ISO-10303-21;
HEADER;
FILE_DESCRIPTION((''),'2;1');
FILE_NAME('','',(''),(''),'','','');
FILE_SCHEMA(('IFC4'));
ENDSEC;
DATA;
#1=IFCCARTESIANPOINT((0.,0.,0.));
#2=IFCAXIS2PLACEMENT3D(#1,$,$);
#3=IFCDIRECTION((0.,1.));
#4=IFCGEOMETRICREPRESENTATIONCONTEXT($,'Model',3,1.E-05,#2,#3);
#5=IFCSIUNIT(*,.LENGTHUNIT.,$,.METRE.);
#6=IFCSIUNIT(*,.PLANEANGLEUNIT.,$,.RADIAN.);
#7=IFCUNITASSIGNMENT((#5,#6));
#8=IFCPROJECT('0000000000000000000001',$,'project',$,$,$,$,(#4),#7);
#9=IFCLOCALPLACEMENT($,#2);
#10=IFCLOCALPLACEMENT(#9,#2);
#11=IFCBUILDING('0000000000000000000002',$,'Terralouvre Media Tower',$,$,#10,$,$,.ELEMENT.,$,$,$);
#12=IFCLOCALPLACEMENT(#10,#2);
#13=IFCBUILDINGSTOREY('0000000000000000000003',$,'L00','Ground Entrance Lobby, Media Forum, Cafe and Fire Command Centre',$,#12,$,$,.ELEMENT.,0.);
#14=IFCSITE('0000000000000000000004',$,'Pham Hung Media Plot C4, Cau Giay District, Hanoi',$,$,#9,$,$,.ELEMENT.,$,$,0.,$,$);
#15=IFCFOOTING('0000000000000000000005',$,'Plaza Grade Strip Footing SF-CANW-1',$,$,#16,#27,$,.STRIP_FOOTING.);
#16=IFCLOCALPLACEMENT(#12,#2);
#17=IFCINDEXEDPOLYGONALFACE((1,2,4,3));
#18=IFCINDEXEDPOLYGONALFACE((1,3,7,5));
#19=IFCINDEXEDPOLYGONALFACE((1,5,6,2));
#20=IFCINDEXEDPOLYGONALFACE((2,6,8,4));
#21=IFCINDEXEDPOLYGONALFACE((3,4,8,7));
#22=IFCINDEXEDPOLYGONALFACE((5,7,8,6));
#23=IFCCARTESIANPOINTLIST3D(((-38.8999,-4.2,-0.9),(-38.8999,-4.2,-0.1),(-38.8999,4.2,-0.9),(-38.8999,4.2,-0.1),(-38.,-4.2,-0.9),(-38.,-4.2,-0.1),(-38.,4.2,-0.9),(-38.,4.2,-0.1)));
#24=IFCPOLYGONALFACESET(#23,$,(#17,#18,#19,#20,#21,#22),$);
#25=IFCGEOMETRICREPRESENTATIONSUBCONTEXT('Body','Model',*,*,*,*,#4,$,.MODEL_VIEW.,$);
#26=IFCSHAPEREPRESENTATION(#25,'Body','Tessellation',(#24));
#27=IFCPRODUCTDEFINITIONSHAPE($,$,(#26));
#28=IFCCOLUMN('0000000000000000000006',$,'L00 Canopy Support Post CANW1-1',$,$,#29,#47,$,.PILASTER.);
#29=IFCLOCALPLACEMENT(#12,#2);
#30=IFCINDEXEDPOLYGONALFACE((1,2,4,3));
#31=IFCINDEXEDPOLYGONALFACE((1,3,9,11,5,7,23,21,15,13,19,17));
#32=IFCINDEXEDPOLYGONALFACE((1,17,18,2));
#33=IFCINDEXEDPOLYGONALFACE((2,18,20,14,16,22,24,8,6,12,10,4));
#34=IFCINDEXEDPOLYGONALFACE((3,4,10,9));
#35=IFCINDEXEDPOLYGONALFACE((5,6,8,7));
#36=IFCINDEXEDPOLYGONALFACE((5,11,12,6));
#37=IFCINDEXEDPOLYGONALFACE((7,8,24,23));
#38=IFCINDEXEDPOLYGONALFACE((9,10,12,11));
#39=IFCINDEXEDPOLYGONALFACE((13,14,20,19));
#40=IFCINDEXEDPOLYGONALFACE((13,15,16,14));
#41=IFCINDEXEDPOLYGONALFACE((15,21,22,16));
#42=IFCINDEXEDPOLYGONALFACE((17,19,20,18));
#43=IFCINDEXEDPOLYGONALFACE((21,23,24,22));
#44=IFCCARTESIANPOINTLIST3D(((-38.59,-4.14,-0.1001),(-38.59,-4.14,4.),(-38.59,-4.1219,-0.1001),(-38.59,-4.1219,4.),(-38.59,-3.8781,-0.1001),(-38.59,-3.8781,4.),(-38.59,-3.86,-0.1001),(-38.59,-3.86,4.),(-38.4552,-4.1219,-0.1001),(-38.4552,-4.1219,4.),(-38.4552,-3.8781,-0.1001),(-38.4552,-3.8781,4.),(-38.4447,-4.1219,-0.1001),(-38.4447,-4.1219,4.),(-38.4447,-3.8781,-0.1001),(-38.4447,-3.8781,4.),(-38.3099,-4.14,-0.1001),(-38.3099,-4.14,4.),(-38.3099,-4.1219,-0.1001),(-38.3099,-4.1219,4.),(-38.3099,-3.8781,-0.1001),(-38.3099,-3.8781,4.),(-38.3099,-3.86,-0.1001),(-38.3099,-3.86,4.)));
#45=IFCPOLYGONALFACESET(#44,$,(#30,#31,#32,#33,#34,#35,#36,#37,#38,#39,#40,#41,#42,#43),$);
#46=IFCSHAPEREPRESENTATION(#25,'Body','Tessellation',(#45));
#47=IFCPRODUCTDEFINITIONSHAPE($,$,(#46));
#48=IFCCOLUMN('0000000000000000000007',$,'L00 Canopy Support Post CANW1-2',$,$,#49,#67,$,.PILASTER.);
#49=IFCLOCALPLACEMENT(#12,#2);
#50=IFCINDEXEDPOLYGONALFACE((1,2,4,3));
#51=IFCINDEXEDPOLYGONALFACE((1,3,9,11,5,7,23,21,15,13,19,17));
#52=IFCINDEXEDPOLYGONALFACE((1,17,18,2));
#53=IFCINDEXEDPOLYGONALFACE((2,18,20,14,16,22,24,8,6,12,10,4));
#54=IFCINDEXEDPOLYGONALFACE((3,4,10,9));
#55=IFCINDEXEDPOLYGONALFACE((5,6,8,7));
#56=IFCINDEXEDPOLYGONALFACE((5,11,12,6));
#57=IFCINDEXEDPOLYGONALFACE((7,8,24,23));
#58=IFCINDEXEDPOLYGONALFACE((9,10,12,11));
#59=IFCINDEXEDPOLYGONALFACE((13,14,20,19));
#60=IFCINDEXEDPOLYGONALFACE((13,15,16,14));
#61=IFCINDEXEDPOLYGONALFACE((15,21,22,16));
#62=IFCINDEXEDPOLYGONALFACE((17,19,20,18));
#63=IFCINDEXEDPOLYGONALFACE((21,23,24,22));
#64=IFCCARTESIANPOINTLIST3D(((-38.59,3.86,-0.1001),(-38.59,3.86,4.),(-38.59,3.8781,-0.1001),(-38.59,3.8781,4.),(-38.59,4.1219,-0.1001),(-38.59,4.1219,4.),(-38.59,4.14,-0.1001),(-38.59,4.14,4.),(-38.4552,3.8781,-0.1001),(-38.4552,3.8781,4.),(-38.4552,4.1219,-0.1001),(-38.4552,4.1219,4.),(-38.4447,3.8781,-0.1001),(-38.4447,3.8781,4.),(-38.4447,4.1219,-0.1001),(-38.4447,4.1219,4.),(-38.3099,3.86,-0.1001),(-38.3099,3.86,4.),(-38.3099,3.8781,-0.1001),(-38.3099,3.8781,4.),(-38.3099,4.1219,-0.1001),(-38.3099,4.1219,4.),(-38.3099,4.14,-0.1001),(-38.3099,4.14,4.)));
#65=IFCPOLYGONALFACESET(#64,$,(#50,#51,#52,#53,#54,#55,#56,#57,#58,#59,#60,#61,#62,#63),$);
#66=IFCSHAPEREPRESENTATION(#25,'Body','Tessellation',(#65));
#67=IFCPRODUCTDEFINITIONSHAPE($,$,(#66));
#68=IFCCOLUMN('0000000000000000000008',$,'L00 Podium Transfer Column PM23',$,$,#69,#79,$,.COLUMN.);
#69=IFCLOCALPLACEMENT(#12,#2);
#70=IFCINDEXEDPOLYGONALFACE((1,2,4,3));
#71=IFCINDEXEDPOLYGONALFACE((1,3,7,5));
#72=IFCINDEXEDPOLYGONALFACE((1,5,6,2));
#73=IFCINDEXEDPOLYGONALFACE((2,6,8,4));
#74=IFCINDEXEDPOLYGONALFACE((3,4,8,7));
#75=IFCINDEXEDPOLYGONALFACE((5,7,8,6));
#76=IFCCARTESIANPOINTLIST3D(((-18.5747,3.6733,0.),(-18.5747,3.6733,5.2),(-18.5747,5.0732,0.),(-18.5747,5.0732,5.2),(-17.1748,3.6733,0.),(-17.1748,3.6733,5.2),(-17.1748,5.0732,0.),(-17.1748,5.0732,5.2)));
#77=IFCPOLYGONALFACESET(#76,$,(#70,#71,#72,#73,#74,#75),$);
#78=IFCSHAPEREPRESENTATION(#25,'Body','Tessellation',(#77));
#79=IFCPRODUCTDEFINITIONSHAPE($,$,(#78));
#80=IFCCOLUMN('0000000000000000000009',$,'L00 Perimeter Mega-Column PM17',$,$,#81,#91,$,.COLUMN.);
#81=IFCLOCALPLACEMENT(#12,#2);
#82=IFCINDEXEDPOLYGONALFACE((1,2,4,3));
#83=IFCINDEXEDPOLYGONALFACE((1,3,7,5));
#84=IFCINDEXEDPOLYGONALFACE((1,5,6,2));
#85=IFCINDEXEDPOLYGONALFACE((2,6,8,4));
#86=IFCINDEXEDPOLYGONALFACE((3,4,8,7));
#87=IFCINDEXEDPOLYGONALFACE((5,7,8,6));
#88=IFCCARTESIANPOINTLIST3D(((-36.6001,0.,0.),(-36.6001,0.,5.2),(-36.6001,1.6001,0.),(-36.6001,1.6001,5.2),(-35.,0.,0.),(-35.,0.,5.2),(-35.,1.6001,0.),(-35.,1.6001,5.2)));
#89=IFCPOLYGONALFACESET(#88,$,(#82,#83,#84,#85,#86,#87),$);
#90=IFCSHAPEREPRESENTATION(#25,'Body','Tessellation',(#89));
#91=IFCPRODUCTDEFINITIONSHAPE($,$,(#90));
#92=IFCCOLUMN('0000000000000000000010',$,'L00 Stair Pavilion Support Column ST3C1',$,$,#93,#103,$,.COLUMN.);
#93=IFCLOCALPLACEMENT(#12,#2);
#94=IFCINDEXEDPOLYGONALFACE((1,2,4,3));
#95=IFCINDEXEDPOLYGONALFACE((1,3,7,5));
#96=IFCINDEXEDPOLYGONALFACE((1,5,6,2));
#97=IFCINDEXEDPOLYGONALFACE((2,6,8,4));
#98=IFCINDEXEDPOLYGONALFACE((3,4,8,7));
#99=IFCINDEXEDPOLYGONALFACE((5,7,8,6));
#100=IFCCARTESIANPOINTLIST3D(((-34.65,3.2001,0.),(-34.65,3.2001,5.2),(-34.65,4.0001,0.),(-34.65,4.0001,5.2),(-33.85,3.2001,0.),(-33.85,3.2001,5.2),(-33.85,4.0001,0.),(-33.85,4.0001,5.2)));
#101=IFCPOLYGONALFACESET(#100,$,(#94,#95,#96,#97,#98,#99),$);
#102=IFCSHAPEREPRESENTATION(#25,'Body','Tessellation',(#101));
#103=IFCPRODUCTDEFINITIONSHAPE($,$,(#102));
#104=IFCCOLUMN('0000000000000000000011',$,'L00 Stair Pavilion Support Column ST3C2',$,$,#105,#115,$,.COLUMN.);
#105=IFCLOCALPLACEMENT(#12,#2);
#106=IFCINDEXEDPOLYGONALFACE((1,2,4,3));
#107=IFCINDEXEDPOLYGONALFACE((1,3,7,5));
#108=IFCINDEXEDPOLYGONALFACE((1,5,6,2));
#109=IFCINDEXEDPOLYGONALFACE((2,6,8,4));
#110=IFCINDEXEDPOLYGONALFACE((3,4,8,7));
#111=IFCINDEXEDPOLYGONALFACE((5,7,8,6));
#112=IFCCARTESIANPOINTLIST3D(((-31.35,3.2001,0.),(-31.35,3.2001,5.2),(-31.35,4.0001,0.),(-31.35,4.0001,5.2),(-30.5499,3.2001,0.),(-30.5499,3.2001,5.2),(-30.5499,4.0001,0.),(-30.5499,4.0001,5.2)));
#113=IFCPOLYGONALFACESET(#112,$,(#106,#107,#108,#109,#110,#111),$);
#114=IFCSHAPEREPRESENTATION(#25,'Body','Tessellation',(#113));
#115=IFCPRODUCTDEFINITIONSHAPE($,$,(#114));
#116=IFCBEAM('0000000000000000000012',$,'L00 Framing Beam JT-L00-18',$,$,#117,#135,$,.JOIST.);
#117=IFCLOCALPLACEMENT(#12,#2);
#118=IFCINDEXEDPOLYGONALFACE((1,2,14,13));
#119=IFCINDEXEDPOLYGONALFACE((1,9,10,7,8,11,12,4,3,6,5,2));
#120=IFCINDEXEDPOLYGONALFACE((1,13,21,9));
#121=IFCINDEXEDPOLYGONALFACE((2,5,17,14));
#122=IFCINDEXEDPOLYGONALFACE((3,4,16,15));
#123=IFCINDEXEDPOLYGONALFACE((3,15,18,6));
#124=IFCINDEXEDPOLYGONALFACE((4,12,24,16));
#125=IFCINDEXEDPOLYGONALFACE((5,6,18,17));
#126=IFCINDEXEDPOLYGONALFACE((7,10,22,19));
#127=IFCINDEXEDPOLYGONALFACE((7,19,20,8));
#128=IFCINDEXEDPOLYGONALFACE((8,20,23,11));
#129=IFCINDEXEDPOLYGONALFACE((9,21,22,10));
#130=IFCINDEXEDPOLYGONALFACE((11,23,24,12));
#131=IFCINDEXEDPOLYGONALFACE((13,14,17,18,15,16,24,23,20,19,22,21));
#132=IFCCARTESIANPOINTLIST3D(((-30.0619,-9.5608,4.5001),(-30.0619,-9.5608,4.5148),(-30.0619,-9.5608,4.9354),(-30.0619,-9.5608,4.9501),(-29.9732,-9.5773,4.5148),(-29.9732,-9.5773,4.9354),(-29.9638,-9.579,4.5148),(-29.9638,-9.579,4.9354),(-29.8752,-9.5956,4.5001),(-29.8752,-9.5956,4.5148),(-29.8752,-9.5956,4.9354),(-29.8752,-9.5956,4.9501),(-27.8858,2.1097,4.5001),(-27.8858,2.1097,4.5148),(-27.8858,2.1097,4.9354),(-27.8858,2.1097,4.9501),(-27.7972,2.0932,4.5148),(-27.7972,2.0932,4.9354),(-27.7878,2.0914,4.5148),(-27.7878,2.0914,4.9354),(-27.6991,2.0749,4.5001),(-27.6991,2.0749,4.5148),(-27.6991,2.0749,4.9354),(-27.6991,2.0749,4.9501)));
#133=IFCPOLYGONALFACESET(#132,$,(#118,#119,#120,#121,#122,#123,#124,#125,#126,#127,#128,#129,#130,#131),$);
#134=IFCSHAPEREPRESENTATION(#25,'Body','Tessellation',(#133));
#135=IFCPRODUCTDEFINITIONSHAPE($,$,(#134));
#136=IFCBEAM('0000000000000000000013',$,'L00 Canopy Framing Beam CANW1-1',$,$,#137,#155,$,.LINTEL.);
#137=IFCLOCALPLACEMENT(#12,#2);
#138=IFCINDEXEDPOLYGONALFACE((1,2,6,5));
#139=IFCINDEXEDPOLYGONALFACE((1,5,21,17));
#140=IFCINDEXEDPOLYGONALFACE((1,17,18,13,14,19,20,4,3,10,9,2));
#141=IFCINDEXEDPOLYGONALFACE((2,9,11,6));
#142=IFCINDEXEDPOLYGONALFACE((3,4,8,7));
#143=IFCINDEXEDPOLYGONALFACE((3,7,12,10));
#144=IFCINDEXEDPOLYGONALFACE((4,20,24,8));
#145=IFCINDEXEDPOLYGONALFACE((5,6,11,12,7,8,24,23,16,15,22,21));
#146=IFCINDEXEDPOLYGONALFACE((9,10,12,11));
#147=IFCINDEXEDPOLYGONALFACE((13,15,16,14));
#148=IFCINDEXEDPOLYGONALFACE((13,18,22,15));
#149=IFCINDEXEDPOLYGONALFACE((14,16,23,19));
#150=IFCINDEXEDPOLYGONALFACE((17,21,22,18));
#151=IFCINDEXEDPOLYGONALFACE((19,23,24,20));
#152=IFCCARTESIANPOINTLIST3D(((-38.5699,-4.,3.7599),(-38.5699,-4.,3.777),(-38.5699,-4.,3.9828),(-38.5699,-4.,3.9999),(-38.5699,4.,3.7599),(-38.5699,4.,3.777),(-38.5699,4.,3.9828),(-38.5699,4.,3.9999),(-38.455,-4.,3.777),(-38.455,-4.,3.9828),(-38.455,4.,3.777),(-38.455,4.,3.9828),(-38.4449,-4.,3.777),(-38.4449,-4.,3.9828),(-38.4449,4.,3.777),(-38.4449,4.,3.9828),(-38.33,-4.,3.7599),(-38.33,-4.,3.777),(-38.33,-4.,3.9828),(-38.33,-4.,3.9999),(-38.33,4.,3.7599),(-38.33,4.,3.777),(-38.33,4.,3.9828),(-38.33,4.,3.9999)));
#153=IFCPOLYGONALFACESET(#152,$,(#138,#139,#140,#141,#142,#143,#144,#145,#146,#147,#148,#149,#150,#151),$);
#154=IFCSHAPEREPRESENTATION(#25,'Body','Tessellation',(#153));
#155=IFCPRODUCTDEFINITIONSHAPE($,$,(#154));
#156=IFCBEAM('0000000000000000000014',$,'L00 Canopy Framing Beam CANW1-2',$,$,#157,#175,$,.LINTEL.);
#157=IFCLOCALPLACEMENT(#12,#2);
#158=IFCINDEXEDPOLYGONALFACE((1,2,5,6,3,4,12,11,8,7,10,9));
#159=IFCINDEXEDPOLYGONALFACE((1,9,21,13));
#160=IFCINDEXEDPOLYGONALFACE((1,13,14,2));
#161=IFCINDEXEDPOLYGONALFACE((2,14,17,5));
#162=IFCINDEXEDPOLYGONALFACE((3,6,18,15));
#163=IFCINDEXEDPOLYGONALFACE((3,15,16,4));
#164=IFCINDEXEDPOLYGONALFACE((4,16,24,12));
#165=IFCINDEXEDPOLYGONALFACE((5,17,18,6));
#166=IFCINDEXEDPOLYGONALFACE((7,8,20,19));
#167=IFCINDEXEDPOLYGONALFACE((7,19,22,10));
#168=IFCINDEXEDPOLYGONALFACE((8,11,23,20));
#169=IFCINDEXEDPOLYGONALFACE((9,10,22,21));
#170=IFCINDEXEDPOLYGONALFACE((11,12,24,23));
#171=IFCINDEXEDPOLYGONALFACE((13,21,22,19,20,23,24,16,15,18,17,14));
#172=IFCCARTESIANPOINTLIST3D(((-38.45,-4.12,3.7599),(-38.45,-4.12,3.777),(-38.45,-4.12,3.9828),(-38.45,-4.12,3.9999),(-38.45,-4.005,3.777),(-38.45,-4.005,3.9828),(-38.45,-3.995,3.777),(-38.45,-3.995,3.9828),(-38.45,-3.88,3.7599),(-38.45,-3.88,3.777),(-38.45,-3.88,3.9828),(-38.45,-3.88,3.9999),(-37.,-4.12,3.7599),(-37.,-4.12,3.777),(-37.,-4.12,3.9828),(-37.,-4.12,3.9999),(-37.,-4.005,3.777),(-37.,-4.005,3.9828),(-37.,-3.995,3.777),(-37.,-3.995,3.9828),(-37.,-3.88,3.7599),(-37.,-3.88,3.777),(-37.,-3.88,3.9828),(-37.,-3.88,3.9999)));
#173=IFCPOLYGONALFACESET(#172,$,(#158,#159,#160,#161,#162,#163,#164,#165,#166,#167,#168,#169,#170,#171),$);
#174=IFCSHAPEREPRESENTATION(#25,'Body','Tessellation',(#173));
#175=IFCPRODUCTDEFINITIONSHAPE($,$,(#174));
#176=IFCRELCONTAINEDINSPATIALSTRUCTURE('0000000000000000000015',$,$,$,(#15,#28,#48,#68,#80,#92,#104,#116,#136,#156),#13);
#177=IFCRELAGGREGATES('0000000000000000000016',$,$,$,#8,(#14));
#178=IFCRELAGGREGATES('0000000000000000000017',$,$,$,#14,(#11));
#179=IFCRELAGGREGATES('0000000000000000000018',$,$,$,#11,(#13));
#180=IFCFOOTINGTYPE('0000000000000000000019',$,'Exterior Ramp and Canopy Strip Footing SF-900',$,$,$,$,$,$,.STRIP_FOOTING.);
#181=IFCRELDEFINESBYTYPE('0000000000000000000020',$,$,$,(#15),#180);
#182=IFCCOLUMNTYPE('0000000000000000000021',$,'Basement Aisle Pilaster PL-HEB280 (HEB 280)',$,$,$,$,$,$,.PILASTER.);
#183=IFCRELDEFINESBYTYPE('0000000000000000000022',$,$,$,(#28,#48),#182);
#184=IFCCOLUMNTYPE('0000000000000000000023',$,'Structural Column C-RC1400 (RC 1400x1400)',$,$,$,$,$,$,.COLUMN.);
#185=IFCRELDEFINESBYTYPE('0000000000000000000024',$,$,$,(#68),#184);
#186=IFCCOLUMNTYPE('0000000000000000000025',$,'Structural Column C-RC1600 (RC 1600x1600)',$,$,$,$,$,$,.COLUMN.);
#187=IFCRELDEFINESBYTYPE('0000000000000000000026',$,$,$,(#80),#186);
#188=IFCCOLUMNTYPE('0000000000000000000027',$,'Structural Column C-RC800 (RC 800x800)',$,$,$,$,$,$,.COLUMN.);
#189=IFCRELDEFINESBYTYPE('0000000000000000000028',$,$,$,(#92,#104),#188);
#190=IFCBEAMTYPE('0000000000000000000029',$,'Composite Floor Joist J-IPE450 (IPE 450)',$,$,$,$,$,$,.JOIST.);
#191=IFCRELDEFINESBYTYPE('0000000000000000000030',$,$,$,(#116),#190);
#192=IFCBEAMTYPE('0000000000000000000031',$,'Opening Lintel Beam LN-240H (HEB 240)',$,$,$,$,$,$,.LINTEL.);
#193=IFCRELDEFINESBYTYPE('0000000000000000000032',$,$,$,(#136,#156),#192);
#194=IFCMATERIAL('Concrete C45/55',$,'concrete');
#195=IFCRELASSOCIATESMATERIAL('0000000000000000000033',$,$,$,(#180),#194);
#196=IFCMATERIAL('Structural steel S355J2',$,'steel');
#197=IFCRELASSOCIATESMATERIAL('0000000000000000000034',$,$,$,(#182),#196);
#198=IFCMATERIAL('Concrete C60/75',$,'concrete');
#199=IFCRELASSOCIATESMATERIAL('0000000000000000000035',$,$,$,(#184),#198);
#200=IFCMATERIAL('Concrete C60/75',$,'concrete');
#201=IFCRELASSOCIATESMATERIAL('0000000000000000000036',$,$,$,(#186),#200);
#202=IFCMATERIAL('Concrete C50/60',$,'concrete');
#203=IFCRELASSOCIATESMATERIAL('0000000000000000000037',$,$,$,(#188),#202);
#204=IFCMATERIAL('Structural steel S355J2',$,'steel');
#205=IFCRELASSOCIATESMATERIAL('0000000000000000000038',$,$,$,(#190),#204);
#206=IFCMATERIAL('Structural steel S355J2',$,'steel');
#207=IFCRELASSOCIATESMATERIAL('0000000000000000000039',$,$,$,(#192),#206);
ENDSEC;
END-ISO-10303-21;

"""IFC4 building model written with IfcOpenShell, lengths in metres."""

from ifc_helpers import new_model, si_unit, direction, frame, origin, origin_2d, place, context, subcontext, project, spatial, rectangle, i_section, extrude, material, material_profile, profile_set, type_object, element, save


model = new_model("IFC4")

# Units and contexts
model_context = context("Model", 3, precision=1e-05, world=origin(), true_north=direction((0.0, 1.0)))
body_context = subcontext(model_context, "Body", "Model", "MODEL_VIEW")
ifc_project = project(units=[si_unit("LENGTHUNIT", "METRE"), si_unit("PLANEANGLEUNIT", "RADIAN")], contexts=[model_context])

# Site, building, storey
site_placement = place(None, origin())
site = spatial("IfcSite", under=ifc_project, at=site_placement, Name="Pham Hung Media Plot C4, Cau Giay District, Hanoi", CompositionType="ELEMENT", RefElevation=0.0)
building_placement = place(site_placement, origin())
building = spatial("IfcBuilding", under=site, at=building_placement, Name="Terralouvre Media Tower", CompositionType="ELEMENT")
storey_placement = place(building_placement, origin())
storey = spatial("IfcBuildingStorey", under=building, at=storey_placement, Name="L00", Description="Ground Entrance Lobby, Media Forum, Cafe and Fire Command Centre", CompositionType="ELEMENT", Elevation=0.0)

# Footing
ifc_material_1 = material(Name="Concrete C45/55", Category="concrete")
ifc_material_profile_1 = material_profile(ifc_material_1, rectangle(XDim=0.8999, YDim=0.8, at=origin_2d()), Name="SF 900x800")
ifc_profile_set_1 = profile_set([ifc_material_profile_1], Name="Concrete C45/55")
footing_type = type_object("IfcFootingType", Name="Exterior Ramp and Canopy Strip Footing SF-900", PredefinedType="STRIP_FOOTING", material=ifc_profile_set_1)
footing_placement = place(storey_placement, frame((-38.45, -4.2, -0.5), z_axis=(0.0, 1.0, 0.0), x_axis=(-1.0, 0.0, 0.0)))
element("IfcFooting", 1, at=footing_placement, inside=storey, type_object=footing_type, Name="Plaza Grade Strip Footing SF-CANW-1", PredefinedType="STRIP_FOOTING", context=body_context, shape_type="SweptSolid", body=[
    extrude(rectangle(XDim=0.8999, YDim=0.8, at=origin_2d()), origin(), (0.0, 0.0, 1.0), 8.3999),
])

# Columns
ifc_material_2 = material(Name="Structural steel S355J2", Category="steel")
ifc_material_profile_2 = material_profile(ifc_material_2, i_section(OverallWidth=0.28, OverallDepth=0.28, WebThickness=0.0105, FlangeThickness=0.0181, at=origin_2d()), Name="HEB 280")
ifc_profile_set_2 = profile_set([ifc_material_profile_2], Name="Structural steel S355J2")
column_type_1 = type_object("IfcColumnType", Name="Basement Aisle Pilaster PL-HEB280 (HEB 280)", PredefinedType="PILASTER", material=ifc_profile_set_2)
for number, where, z_axis, x_axis, name in (
    (2, (-38.45, -4.0, -0.1001), (0.0, 0.0, 1.0), (1.0, 0.0, 0.0), "L00 Canopy Support Post CANW1-1"),
    (3, (-38.45, 4.0, -0.1001), (0.0, 0.0, 1.0), (1.0, 0.0, 0.0), "L00 Canopy Support Post CANW1-2"),
):
    element("IfcColumn", number, at=place(storey_placement, frame(where, z_axis=z_axis, x_axis=x_axis)), inside=storey, type_object=column_type_1, Name=name, PredefinedType="PILASTER", context=body_context, shape_type="SweptSolid", body=[
        extrude(i_section(OverallWidth=0.28, OverallDepth=0.28, WebThickness=0.0105, FlangeThickness=0.0181, at=origin_2d()), origin(), (0.0, 0.0, 1.0), 4.1001),
    ])
ifc_material_3 = material(Name="Concrete C60/75", Category="concrete")
ifc_material_profile_3 = material_profile(ifc_material_3, rectangle(XDim=1.3999, YDim=1.3999, at=origin_2d()), Name="RC 1400x1400")
ifc_profile_set_3 = profile_set([ifc_material_profile_3], Name="Concrete C60/75")
column_type_2 = type_object("IfcColumnType", Name="Structural Column C-RC1400 (RC 1400x1400)", PredefinedType="COLUMN", material=ifc_profile_set_3)
column_1_placement = place(storey_placement, frame((-17.8748, 4.3733, 0.0), z_axis=(0.0, 0.0, 1.0), x_axis=(1.0, 0.0, 0.0)))
element("IfcColumn", 4, at=column_1_placement, inside=storey, type_object=column_type_2, Name="L00 Podium Transfer Column PM23", PredefinedType="COLUMN", context=body_context, shape_type="SweptSolid", body=[
    extrude(rectangle(XDim=1.3999, YDim=1.3999, at=origin_2d()), origin(), (0.0, 0.0, 1.0), 5.2),
])
ifc_material_4 = material(Name="Concrete C60/75", Category="concrete")
ifc_material_profile_4 = material_profile(ifc_material_4, rectangle(XDim=1.6001, YDim=1.6001, at=origin_2d()), Name="RC 1600x1600")
ifc_profile_set_4 = profile_set([ifc_material_profile_4], Name="Concrete C60/75")
column_type_3 = type_object("IfcColumnType", Name="Structural Column C-RC1600 (RC 1600x1600)", PredefinedType="COLUMN", material=ifc_profile_set_4)
column_2_placement = place(storey_placement, frame((-35.8, 0.8, 0.0), z_axis=(0.0, 0.0, 1.0), x_axis=(1.0, 0.0, 0.0)))
element("IfcColumn", 5, at=column_2_placement, inside=storey, type_object=column_type_3, Name="L00 Perimeter Mega-Column PM17", PredefinedType="COLUMN", context=body_context, shape_type="SweptSolid", body=[
    extrude(rectangle(XDim=1.6001, YDim=1.6001, at=origin_2d()), origin(), (0.0, 0.0, 1.0), 5.2),
])
ifc_material_5 = material(Name="Concrete C50/60", Category="concrete")
ifc_material_profile_5 = material_profile(ifc_material_5, rectangle(XDim=0.8, YDim=0.8, at=origin_2d()), Name="RC 800x800")
ifc_profile_set_5 = profile_set([ifc_material_profile_5], Name="Concrete C50/60")
column_type_4 = type_object("IfcColumnType", Name="Structural Column C-RC800 (RC 800x800)", PredefinedType="COLUMN", material=ifc_profile_set_5)
for number, where, z_axis, x_axis, name in (
    (6, (-34.25, 3.6001, 0.0), (0.0, 0.0, 1.0), (1.0, 0.0, 0.0), "L00 Stair Pavilion Support Column ST3C1"),
    (7, (-30.95, 3.6001, 0.0), (0.0, 0.0, 1.0), (1.0, 0.0, 0.0), "L00 Stair Pavilion Support Column ST3C2"),
):
    element("IfcColumn", number, at=place(storey_placement, frame(where, z_axis=z_axis, x_axis=x_axis)), inside=storey, type_object=column_type_4, Name=name, PredefinedType="COLUMN", context=body_context, shape_type="SweptSolid", body=[
        extrude(rectangle(XDim=0.8, YDim=0.8, at=origin_2d()), origin(), (0.0, 0.0, 1.0), 5.2),
    ])

# Beams
ifc_material_6 = material(Name="Structural steel S355J2", Category="steel")
ifc_material_profile_6 = material_profile(ifc_material_6, i_section(OverallWidth=0.1899, OverallDepth=0.45, WebThickness=0.0095, FlangeThickness=0.0146, at=origin_2d()), Name="IPE 450")
ifc_profile_set_6 = profile_set([ifc_material_profile_6], Name="Structural steel S355J2")
beam_type_1 = type_object("IfcBeamType", Name="Composite Floor Joist J-IPE450 (IPE 450)", PredefinedType="JOIST", material=ifc_profile_set_6)
beam_1_placement = place(storey_placement, frame((-27.7925, 2.0923, 4.7251), z_axis=(-0.183298, -0.983057, 0.0), x_axis=(0.983057, -0.183298, 0.0)))
element("IfcBeam", 8, at=beam_1_placement, inside=storey, type_object=beam_type_1, Name="L00 Framing Beam JT-L00-18", PredefinedType="JOIST", context=body_context, shape_type="SweptSolid", body=[
    extrude(i_section(OverallWidth=0.1899, OverallDepth=0.45, WebThickness=0.0095, FlangeThickness=0.0146, at=origin_2d()), origin(), (0.0, 0.0, 1.0), 11.8716),
])
ifc_material_7 = material(Name="Structural steel S355J2", Category="steel")
ifc_material_profile_7 = material_profile(ifc_material_7, i_section(OverallWidth=0.24, OverallDepth=0.24, WebThickness=0.01, FlangeThickness=0.0171, at=origin_2d()), Name="HEB 240")
ifc_profile_set_7 = profile_set([ifc_material_profile_7], Name="Structural steel S355J2")
beam_type_2 = type_object("IfcBeamType", Name="Opening Lintel Beam LN-240H (HEB 240)", PredefinedType="LINTEL", material=ifc_profile_set_7)
beam_2_placement = place(storey_placement, frame((-38.45, -4.0, 3.8799), z_axis=(0.0, 1.0, 0.0), x_axis=(-1.0, 0.0, 0.0)))
element("IfcBeam", 9, at=beam_2_placement, inside=storey, type_object=beam_type_2, Name="L00 Canopy Framing Beam CANW1-1", PredefinedType="LINTEL", context=body_context, shape_type="SweptSolid", body=[
    extrude(i_section(OverallWidth=0.24, OverallDepth=0.24, WebThickness=0.01, FlangeThickness=0.0171, at=origin_2d()), origin(), (0.0, 0.0, 1.0), 8.0),
])
for number, where, z_axis, x_axis, name in (
    (10, (-38.45, -4.0, 3.8799), (1.0, 0.0, 0.0), (0.0, 1.0, 0.0), "L00 Canopy Framing Beam CANW1-2"),
):
    element("IfcBeam", number, at=place(storey_placement, frame(where, z_axis=z_axis, x_axis=x_axis)), inside=storey, type_object=beam_type_2, Name=name, PredefinedType="LINTEL", context=body_context, shape_type="SweptSolid", body=[
        extrude(i_section(OverallWidth=0.24, OverallDepth=0.24, WebThickness=0.01, FlangeThickness=0.0171, at=origin_2d()), origin(), (0.0, 0.0, 1.0), 1.45),
    ])

save(model, "model.ifc")
